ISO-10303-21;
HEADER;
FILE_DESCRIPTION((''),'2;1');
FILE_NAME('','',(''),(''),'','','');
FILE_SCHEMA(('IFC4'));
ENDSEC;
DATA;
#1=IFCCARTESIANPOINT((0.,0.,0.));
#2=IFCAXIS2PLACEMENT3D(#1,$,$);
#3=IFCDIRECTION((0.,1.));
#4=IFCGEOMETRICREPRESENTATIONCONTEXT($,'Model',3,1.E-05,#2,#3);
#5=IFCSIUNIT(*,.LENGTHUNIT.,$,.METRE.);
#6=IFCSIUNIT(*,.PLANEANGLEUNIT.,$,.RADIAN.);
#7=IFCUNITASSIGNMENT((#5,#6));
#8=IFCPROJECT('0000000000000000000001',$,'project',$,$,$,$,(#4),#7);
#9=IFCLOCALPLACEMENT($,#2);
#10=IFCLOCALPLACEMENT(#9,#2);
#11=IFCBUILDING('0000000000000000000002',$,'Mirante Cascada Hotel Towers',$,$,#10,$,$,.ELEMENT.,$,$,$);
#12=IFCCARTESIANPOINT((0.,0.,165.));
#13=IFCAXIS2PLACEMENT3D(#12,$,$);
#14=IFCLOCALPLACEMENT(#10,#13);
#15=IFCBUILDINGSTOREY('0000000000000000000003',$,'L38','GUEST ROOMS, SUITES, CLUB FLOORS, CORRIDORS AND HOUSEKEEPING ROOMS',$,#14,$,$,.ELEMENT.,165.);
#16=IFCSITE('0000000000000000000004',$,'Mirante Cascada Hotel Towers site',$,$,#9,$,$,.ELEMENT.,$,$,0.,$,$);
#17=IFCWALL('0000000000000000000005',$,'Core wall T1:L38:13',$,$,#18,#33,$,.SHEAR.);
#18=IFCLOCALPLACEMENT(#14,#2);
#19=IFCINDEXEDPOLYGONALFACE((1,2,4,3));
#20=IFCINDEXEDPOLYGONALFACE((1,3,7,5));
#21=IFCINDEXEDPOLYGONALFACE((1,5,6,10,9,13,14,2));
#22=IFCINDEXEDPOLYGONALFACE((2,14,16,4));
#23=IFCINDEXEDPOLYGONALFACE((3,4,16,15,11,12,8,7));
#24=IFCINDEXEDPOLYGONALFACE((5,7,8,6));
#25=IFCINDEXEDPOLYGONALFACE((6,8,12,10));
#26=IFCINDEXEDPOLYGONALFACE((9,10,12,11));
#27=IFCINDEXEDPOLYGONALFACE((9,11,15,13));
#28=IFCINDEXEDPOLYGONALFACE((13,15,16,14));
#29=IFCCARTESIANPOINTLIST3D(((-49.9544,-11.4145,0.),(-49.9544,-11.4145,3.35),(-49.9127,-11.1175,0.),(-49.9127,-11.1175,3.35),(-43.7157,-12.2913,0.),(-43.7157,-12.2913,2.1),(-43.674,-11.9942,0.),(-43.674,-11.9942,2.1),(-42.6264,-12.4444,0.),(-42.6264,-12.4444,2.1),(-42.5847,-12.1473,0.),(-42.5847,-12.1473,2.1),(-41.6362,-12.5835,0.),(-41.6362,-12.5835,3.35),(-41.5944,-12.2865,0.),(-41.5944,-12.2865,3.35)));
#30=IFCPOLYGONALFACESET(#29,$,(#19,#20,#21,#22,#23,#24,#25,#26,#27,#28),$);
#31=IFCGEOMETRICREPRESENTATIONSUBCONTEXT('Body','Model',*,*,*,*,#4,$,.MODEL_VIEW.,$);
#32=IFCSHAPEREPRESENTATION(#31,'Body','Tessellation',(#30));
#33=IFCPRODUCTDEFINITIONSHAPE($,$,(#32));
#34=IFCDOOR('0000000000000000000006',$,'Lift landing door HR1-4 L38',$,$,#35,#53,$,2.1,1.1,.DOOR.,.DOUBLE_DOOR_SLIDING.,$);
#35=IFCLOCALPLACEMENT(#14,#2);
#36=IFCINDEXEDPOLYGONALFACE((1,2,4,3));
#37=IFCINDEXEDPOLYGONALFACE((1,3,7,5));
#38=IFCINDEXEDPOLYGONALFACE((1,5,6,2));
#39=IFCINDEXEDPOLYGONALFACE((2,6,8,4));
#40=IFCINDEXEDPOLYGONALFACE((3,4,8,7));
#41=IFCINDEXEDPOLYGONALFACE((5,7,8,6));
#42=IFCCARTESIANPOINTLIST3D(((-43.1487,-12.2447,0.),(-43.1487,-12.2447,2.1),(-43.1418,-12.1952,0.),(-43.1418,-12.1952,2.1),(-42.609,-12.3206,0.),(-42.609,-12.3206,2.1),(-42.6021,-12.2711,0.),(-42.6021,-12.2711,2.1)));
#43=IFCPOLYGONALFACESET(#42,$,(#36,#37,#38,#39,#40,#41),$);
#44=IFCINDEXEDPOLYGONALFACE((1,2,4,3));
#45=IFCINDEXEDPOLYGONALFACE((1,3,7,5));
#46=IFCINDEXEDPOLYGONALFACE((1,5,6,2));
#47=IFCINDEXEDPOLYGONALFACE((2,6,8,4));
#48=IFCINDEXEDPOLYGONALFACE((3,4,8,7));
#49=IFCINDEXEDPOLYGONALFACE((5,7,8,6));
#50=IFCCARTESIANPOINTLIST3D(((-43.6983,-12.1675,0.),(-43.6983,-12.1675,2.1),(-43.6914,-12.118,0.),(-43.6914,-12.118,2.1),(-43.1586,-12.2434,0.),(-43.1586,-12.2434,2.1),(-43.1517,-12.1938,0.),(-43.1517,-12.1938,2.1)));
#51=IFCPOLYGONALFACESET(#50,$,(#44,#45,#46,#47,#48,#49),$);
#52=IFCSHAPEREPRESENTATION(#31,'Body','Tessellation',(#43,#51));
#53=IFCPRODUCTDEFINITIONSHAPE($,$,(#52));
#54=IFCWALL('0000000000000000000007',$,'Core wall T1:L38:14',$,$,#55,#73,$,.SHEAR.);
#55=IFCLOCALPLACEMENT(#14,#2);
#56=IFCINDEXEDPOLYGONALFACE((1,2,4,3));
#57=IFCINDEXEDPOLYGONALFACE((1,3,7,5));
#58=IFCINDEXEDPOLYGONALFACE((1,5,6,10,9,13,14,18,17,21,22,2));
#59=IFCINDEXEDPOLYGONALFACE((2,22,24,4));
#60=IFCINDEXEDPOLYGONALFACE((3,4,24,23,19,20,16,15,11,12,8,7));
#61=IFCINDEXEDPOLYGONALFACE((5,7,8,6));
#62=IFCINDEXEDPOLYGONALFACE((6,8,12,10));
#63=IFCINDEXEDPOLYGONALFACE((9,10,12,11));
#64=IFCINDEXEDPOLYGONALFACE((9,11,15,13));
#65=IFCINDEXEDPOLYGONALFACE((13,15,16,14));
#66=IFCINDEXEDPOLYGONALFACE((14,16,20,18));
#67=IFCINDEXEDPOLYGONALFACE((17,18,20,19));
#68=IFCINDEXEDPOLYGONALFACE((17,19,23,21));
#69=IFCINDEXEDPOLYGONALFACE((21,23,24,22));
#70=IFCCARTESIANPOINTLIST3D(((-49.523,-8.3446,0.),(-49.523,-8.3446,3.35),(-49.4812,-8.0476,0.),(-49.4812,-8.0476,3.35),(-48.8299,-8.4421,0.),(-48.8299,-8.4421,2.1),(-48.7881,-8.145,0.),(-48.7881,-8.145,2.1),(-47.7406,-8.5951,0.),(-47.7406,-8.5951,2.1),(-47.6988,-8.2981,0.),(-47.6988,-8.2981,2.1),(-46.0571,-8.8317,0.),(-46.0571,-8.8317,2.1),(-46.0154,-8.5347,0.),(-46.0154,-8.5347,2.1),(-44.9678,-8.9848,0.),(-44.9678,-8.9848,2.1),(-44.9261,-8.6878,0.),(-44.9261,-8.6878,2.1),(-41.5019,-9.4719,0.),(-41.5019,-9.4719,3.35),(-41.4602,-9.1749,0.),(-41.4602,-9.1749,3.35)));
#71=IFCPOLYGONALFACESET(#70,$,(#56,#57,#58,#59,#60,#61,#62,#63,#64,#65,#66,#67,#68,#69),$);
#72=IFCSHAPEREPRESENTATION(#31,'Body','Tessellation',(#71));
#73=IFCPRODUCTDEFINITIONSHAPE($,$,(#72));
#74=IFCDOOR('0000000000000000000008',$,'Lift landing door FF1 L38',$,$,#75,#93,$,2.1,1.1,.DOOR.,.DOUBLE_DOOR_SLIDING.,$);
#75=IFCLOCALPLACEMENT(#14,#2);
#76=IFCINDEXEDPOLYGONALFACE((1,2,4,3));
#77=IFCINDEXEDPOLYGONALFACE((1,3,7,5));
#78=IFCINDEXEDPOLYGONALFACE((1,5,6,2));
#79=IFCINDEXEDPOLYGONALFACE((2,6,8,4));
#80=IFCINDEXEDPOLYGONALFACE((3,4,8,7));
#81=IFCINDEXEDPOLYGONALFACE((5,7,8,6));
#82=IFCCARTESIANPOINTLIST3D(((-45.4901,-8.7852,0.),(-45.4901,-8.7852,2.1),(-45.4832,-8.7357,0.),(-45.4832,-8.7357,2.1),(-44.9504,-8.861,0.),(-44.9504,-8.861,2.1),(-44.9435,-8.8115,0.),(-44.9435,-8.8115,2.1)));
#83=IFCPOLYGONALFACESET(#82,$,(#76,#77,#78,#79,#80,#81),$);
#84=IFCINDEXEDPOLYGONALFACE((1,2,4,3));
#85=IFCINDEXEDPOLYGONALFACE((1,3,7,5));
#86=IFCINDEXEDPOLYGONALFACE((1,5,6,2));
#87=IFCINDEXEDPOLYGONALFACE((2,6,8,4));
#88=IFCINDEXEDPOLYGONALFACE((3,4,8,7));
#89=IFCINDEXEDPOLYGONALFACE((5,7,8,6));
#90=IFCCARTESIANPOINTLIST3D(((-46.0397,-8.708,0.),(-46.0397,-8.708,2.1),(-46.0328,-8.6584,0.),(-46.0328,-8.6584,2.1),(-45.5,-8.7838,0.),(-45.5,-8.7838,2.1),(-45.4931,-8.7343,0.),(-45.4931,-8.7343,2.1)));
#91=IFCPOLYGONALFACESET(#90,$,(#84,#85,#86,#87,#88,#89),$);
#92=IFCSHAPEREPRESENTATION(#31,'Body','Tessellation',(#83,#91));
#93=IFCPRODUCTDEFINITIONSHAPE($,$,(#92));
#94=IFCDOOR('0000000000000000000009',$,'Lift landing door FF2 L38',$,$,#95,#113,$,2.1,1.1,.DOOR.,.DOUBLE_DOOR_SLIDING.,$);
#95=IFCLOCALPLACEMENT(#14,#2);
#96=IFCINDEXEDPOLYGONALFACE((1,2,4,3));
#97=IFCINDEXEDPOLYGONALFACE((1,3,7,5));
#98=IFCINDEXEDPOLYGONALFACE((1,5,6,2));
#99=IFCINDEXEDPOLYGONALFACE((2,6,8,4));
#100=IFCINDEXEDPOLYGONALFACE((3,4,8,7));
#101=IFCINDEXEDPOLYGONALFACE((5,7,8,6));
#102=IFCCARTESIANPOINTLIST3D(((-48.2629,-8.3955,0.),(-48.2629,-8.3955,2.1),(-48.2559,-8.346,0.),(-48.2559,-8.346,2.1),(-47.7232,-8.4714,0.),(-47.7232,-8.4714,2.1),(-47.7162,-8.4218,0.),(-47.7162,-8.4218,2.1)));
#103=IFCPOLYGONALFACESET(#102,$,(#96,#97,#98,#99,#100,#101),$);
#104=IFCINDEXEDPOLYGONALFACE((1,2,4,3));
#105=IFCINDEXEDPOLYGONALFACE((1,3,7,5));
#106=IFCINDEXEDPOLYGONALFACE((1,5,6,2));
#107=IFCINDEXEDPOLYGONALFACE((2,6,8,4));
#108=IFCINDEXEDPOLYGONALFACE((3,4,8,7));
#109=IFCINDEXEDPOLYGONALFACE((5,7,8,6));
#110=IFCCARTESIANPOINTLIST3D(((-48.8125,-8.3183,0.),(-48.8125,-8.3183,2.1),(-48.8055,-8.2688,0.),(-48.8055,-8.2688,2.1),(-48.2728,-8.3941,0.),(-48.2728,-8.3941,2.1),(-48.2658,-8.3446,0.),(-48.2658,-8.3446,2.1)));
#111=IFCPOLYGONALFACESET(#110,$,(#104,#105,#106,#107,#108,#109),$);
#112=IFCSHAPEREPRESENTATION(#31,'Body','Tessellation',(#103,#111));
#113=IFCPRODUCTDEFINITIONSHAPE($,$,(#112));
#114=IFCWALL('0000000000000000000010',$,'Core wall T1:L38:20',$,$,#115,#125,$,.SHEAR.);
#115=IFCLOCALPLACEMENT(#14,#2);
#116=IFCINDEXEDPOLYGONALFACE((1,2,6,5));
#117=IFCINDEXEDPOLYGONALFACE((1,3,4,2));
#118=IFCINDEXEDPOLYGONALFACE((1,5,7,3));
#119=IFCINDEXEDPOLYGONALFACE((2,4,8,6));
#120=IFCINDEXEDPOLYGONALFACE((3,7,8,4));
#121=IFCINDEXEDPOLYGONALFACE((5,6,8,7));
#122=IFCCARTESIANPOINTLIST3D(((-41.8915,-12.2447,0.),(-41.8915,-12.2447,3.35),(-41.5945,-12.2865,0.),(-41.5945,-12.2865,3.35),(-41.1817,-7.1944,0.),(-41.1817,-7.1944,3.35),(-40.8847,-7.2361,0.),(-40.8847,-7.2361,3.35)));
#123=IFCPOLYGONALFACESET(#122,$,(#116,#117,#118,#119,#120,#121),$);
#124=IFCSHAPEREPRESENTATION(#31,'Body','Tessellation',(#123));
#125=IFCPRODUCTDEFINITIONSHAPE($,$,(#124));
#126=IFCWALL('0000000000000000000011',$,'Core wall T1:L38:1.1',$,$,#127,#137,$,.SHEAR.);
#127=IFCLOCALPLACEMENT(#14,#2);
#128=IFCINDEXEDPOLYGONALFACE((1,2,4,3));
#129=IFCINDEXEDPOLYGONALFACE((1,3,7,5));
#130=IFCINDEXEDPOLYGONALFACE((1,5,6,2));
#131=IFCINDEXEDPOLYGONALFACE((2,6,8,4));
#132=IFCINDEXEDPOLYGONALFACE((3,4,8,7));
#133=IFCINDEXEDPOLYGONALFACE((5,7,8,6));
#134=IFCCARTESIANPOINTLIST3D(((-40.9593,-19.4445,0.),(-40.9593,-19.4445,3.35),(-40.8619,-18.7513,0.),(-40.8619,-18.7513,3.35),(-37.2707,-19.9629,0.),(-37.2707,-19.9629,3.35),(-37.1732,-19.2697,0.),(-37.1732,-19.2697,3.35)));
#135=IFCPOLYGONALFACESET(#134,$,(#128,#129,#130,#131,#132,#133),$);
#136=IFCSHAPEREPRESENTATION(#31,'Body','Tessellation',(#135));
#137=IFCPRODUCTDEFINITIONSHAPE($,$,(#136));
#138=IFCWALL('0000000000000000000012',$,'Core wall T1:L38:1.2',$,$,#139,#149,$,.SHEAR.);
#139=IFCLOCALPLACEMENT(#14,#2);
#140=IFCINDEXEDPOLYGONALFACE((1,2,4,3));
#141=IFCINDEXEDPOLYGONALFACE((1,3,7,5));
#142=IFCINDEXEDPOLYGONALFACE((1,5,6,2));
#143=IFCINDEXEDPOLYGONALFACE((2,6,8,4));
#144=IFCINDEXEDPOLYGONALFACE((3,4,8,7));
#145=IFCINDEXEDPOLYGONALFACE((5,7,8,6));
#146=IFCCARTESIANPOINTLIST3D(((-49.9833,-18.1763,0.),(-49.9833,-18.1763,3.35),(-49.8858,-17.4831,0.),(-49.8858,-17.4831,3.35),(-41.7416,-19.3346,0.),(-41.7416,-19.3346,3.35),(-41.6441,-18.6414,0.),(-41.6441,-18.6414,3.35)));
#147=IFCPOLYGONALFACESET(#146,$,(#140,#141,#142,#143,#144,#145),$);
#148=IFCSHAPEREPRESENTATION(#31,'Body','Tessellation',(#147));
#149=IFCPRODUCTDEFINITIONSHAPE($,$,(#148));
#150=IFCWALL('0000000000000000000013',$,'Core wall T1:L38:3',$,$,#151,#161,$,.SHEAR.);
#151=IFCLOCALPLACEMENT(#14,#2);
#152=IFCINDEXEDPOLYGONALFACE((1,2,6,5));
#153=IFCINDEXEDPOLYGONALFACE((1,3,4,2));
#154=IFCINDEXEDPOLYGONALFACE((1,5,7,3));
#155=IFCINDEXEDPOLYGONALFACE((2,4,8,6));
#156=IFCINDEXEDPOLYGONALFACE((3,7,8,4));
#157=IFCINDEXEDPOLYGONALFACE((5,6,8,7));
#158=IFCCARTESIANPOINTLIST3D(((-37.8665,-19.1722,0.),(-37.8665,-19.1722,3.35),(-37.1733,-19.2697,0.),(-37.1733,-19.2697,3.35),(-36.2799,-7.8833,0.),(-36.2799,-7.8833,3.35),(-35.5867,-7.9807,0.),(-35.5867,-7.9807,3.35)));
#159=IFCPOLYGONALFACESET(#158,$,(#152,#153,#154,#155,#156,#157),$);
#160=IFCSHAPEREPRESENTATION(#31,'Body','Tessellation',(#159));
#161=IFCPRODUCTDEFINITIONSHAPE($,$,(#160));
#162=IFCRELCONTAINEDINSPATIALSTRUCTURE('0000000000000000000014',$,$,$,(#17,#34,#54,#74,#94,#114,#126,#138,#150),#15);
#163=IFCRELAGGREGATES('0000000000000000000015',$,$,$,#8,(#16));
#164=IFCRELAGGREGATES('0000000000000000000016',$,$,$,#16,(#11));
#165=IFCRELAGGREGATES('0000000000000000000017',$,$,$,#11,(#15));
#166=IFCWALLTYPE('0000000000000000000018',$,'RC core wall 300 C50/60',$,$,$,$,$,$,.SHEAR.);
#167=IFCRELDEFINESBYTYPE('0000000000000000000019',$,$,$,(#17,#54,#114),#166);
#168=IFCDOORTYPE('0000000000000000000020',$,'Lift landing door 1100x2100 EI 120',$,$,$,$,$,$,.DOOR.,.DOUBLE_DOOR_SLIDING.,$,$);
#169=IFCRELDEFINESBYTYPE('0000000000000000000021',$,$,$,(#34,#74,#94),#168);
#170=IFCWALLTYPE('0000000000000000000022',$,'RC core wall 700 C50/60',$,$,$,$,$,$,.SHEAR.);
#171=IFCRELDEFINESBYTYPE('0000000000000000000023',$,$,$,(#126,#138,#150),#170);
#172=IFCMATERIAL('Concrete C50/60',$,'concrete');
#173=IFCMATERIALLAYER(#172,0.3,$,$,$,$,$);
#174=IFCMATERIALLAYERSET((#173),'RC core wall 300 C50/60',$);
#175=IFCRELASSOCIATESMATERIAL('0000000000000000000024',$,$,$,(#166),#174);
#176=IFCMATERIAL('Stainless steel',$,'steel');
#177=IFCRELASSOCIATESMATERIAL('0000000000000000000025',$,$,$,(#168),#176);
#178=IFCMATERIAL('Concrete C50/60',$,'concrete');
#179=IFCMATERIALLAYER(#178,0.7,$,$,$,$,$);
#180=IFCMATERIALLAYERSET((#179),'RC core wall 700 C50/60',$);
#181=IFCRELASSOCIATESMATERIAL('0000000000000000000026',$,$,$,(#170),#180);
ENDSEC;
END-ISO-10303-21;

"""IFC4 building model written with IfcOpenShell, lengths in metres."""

from ifc_helpers import new_model, si_unit, direction, frame, frame_2d, origin, place, context, subcontext, project, spatial, rectangle, extrude, material, layer, layer_set, type_object, element, fill, save


model = new_model("IFC4")

# Units and contexts
model_context = context("Model", 3, precision=1e-05, world=origin(), true_north=direction((0.0, 1.0)))
body_context = subcontext(model_context, "Body", "Model", "MODEL_VIEW")
ifc_project = project(units=[si_unit("LENGTHUNIT", "METRE"), si_unit("PLANEANGLEUNIT", "RADIAN")], contexts=[model_context])

# Site, building, storey
site_placement = place(None, origin())
site = spatial("IfcSite", under=ifc_project, at=site_placement, Name="Mirante Cascada Hotel Towers site", CompositionType="ELEMENT", RefElevation=0.0)
building_placement = place(site_placement, origin())
building = spatial("IfcBuilding", under=site, at=building_placement, Name="Mirante Cascada Hotel Towers", CompositionType="ELEMENT")
storey_placement = place(building_placement, frame((0.0, 0.0, 165.0)))
storey = spatial("IfcBuildingStorey", under=building, at=storey_placement, Name="L38", Description="GUEST ROOMS, SUITES, CLUB FLOORS, CORRIDORS AND HOUSEKEEPING ROOMS", CompositionType="ELEMENT", Elevation=165.0)

# Shared definitions
ifc_material_1 = material(Name="Concrete C50/60", Category="concrete")
ifc_layer_1 = layer(ifc_material_1, 0.3)
ifc_layer_set_1 = layer_set([ifc_layer_1], Name="RC core wall 300 C50/60")
wall_type_1 = type_object("IfcWallType", Name="RC core wall 300 C50/60", PredefinedType="SHEAR", material=ifc_layer_set_1)

# Shared definitions
ifc_material_2 = material(Name="Stainless steel", Category="steel")
door_type_1 = type_object("IfcDoorType", Name="Lift landing door 1100x2100 EI 120", OperationType="DOUBLE_DOOR_SLIDING", PredefinedType="DOOR", material=ifc_material_2)

# Wall, opening, door
wall_1_placement = place(storey_placement, frame((-41.6153, -12.435, 0.0), z_axis=(0.0, 0.0, 1.0), x_axis=(-0.990269, 0.139166, 0.0)))
wall_1 = element("IfcWall", 1, at=wall_1_placement, inside=storey, type_object=wall_type_1, Name="Core wall T1:L38:13", PredefinedType="SHEAR", context=body_context, shape_type="SweptSolid", body=[
    extrude(rectangle(XDim=8.4, YDim=0.3, at=frame_2d((4.2, 0.0))), origin(), (0.0, 0.0, 1.0), 3.35),
])
opening_1_placement = place(wall_1_placement, frame((1.0, 0.0, 0.0)))
opening_1 = element("IfcOpeningElement", 2, at=opening_1_placement, cuts=wall_1, PredefinedType="OPENING", context=body_context, shape_type="SweptSolid", body=[
    extrude(rectangle(XDim=1.1, YDim=2.1, at=frame_2d((0.55, 1.05))), frame((0.0, 0.15, 0.0), z_axis=(0.0, -1.0, 0.0), x_axis=(1.0, 0.0, 0.0)), (0.0, 0.0, 1.0), 0.3),
])
door_1_placement = place(opening_1_placement, origin())
door_1 = element("IfcDoor", 3, at=door_1_placement, inside=storey, type_object=door_type_1, Name="Lift landing door HR1-4 L38", OperationType="DOUBLE_DOOR_SLIDING", OverallHeight=2.1, OverallWidth=1.1, PredefinedType="DOOR", context=body_context, shape_type="SweptSolid", body=[
    extrude(rectangle(XDim=0.545, YDim=2.1, at=frame_2d((0.2725, 1.05))), frame((0.0, 0.025, 0.0), z_axis=(0.0, -1.0, 0.0), x_axis=(1.0, 0.0, 0.0)), (0.0, 0.0, 1.0), 0.05),
    extrude(rectangle(XDim=0.545, YDim=2.1, at=frame_2d((0.8275, 1.05))), frame((0.0, 0.025, 0.0), z_axis=(0.0, -1.0, 0.0), x_axis=(1.0, 0.0, 0.0)), (0.0, 0.0, 1.0), 0.05),
])
fill(opening_1, door_1)

# Wall, openings, doors
wall_2_placement = place(storey_placement, frame((-41.481, -9.3234, 0.0), z_axis=(0.0, 0.0, 1.0), x_axis=(-0.990268, 0.139174, 0.0)))
wall_2 = element("IfcWall", 4, at=wall_2_placement, inside=storey, type_object=wall_type_1, Name="Core wall T1:L38:14", PredefinedType="SHEAR", context=body_context, shape_type="SweptSolid", body=[
    extrude(rectangle(XDim=8.0999, YDim=0.3, at=frame_2d((4.05, 0.0))), origin(), (0.0, 0.0, 1.0), 3.35),
])
opening_2_placement = place(wall_2_placement, frame((3.5, 0.0, 0.0)))
opening_2 = element("IfcOpeningElement", 5, at=opening_2_placement, cuts=wall_2, PredefinedType="OPENING", context=body_context, shape_type="SweptSolid", body=[
    extrude(rectangle(XDim=1.1, YDim=2.1, at=frame_2d((0.55, 1.05))), frame((0.0, 0.15, 0.0), z_axis=(0.0, -1.0, 0.0), x_axis=(1.0, 0.0, 0.0)), (0.0, 0.0, 1.0), 0.3),
])
opening_3_placement = place(wall_2_placement, frame((6.3, 0.0, 0.0)))
opening_3 = element("IfcOpeningElement", 6, at=opening_3_placement, cuts=wall_2, PredefinedType="OPENING", context=body_context, shape_type="SweptSolid", body=[
    extrude(rectangle(XDim=1.1, YDim=2.1, at=frame_2d((0.55, 1.05))), frame((0.0, 0.15, 0.0), z_axis=(0.0, -1.0, 0.0), x_axis=(1.0, 0.0, 0.0)), (0.0, 0.0, 1.0), 0.3),
])
door_2_placement = place(opening_2_placement, origin())
door_2 = element("IfcDoor", 7, at=door_2_placement, inside=storey, type_object=door_type_1, Name="Lift landing door FF1 L38", OperationType="DOUBLE_DOOR_SLIDING", OverallHeight=2.1, OverallWidth=1.1, PredefinedType="DOOR", context=body_context, shape_type="SweptSolid", body=[
    extrude(rectangle(XDim=0.545, YDim=2.1, at=frame_2d((0.2725, 1.05))), frame((0.0, 0.025, 0.0), z_axis=(0.0, -1.0, 0.0), x_axis=(1.0, 0.0, 0.0)), (0.0, 0.0, 1.0), 0.05),
    extrude(rectangle(XDim=0.545, YDim=2.1, at=frame_2d((0.8275, 1.05))), frame((0.0, 0.025, 0.0), z_axis=(0.0, -1.0, 0.0), x_axis=(1.0, 0.0, 0.0)), (0.0, 0.0, 1.0), 0.05),
])
fill(opening_2, door_2)
door_3_placement = place(opening_3_placement, origin())
door_3 = element("IfcDoor", 8, at=door_3_placement, inside=storey, type_object=door_type_1, Name="Lift landing door FF2 L38", OperationType="DOUBLE_DOOR_SLIDING", OverallHeight=2.1, OverallWidth=1.1, PredefinedType="DOOR", context=body_context, shape_type="SweptSolid", body=[
    extrude(rectangle(XDim=0.545, YDim=2.1, at=frame_2d((0.2725, 1.05))), frame((0.0, 0.025, 0.0), z_axis=(0.0, -1.0, 0.0), x_axis=(1.0, 0.0, 0.0)), (0.0, 0.0, 1.0), 0.05),
    extrude(rectangle(XDim=0.545, YDim=2.1, at=frame_2d((0.8275, 1.05))), frame((0.0, 0.025, 0.0), z_axis=(0.0, -1.0, 0.0), x_axis=(1.0, 0.0, 0.0)), (0.0, 0.0, 1.0), 0.05),
])
fill(opening_3, door_3)

# Walls
wall_3_placement = place(storey_placement, frame((-41.743, -12.2656, 0.0), z_axis=(0.0, 0.0, 1.0), x_axis=(0.139176, 0.990268, 0.0)))
element("IfcWall", 9, at=wall_3_placement, inside=storey, type_object=wall_type_1, Name="Core wall T1:L38:20", PredefinedType="SHEAR", context=body_context, shape_type="SweptSolid", body=[
    extrude(rectangle(XDim=5.1, YDim=0.3, at=frame_2d((2.55, 0.0))), origin(), (0.0, 0.0, 1.0), 3.35),
])
ifc_material_3 = material(Name="Concrete C50/60", Category="concrete")
ifc_layer_2 = layer(ifc_material_3, 0.7)
ifc_layer_set_2 = layer_set([ifc_layer_2], Name="RC core wall 700 C50/60")
wall_type_2 = type_object("IfcWallType", Name="RC core wall 700 C50/60", PredefinedType="SHEAR", material=ifc_layer_set_2)
wall_4_placement = place(storey_placement, frame((-37.222, -19.6163, 0.0), z_axis=(0.0, 0.0, 1.0), x_axis=(-0.990268, 0.139173, 0.0)))
element("IfcWall", 10, at=wall_4_placement, inside=storey, type_object=wall_type_2, Name="Core wall T1:L38:1.1", PredefinedType="SHEAR", context=body_context, shape_type="SweptSolid", body=[
    extrude(rectangle(XDim=3.7249, YDim=0.7, at=frame_2d((1.8624, 0.0))), origin(), (0.0, 0.0, 1.0), 3.35),
])
wall_5_placement = place(storey_placement, frame((-41.6928, -18.988, 0.0), z_axis=(0.0, 0.0, 1.0), x_axis=(-0.990268, 0.139174, 0.0)))
element("IfcWall", 11, at=wall_5_placement, inside=storey, type_object=wall_type_2, Name="Core wall T1:L38:1.2", PredefinedType="SHEAR", context=body_context, shape_type="SweptSolid", body=[
    extrude(rectangle(XDim=8.3227, YDim=0.7, at=frame_2d((4.1614, 0.0))), origin(), (0.0, 0.0, 1.0), 3.35),
])
wall_6_placement = place(storey_placement, frame((-37.5199, -19.221, 0.0), z_axis=(0.0, 0.0, 1.0), x_axis=(0.139176, 0.990268, 0.0)))
element("IfcWall", 12, at=wall_6_placement, inside=storey, type_object=wall_type_2, Name="Core wall T1:L38:3", PredefinedType="SHEAR", context=body_context, shape_type="SweptSolid", body=[
    extrude(rectangle(XDim=11.3999, YDim=0.7, at=frame_2d((5.7, 0.0))), origin(), (0.0, 0.0, 1.0), 3.35),
])

save(model, "model.ifc")
